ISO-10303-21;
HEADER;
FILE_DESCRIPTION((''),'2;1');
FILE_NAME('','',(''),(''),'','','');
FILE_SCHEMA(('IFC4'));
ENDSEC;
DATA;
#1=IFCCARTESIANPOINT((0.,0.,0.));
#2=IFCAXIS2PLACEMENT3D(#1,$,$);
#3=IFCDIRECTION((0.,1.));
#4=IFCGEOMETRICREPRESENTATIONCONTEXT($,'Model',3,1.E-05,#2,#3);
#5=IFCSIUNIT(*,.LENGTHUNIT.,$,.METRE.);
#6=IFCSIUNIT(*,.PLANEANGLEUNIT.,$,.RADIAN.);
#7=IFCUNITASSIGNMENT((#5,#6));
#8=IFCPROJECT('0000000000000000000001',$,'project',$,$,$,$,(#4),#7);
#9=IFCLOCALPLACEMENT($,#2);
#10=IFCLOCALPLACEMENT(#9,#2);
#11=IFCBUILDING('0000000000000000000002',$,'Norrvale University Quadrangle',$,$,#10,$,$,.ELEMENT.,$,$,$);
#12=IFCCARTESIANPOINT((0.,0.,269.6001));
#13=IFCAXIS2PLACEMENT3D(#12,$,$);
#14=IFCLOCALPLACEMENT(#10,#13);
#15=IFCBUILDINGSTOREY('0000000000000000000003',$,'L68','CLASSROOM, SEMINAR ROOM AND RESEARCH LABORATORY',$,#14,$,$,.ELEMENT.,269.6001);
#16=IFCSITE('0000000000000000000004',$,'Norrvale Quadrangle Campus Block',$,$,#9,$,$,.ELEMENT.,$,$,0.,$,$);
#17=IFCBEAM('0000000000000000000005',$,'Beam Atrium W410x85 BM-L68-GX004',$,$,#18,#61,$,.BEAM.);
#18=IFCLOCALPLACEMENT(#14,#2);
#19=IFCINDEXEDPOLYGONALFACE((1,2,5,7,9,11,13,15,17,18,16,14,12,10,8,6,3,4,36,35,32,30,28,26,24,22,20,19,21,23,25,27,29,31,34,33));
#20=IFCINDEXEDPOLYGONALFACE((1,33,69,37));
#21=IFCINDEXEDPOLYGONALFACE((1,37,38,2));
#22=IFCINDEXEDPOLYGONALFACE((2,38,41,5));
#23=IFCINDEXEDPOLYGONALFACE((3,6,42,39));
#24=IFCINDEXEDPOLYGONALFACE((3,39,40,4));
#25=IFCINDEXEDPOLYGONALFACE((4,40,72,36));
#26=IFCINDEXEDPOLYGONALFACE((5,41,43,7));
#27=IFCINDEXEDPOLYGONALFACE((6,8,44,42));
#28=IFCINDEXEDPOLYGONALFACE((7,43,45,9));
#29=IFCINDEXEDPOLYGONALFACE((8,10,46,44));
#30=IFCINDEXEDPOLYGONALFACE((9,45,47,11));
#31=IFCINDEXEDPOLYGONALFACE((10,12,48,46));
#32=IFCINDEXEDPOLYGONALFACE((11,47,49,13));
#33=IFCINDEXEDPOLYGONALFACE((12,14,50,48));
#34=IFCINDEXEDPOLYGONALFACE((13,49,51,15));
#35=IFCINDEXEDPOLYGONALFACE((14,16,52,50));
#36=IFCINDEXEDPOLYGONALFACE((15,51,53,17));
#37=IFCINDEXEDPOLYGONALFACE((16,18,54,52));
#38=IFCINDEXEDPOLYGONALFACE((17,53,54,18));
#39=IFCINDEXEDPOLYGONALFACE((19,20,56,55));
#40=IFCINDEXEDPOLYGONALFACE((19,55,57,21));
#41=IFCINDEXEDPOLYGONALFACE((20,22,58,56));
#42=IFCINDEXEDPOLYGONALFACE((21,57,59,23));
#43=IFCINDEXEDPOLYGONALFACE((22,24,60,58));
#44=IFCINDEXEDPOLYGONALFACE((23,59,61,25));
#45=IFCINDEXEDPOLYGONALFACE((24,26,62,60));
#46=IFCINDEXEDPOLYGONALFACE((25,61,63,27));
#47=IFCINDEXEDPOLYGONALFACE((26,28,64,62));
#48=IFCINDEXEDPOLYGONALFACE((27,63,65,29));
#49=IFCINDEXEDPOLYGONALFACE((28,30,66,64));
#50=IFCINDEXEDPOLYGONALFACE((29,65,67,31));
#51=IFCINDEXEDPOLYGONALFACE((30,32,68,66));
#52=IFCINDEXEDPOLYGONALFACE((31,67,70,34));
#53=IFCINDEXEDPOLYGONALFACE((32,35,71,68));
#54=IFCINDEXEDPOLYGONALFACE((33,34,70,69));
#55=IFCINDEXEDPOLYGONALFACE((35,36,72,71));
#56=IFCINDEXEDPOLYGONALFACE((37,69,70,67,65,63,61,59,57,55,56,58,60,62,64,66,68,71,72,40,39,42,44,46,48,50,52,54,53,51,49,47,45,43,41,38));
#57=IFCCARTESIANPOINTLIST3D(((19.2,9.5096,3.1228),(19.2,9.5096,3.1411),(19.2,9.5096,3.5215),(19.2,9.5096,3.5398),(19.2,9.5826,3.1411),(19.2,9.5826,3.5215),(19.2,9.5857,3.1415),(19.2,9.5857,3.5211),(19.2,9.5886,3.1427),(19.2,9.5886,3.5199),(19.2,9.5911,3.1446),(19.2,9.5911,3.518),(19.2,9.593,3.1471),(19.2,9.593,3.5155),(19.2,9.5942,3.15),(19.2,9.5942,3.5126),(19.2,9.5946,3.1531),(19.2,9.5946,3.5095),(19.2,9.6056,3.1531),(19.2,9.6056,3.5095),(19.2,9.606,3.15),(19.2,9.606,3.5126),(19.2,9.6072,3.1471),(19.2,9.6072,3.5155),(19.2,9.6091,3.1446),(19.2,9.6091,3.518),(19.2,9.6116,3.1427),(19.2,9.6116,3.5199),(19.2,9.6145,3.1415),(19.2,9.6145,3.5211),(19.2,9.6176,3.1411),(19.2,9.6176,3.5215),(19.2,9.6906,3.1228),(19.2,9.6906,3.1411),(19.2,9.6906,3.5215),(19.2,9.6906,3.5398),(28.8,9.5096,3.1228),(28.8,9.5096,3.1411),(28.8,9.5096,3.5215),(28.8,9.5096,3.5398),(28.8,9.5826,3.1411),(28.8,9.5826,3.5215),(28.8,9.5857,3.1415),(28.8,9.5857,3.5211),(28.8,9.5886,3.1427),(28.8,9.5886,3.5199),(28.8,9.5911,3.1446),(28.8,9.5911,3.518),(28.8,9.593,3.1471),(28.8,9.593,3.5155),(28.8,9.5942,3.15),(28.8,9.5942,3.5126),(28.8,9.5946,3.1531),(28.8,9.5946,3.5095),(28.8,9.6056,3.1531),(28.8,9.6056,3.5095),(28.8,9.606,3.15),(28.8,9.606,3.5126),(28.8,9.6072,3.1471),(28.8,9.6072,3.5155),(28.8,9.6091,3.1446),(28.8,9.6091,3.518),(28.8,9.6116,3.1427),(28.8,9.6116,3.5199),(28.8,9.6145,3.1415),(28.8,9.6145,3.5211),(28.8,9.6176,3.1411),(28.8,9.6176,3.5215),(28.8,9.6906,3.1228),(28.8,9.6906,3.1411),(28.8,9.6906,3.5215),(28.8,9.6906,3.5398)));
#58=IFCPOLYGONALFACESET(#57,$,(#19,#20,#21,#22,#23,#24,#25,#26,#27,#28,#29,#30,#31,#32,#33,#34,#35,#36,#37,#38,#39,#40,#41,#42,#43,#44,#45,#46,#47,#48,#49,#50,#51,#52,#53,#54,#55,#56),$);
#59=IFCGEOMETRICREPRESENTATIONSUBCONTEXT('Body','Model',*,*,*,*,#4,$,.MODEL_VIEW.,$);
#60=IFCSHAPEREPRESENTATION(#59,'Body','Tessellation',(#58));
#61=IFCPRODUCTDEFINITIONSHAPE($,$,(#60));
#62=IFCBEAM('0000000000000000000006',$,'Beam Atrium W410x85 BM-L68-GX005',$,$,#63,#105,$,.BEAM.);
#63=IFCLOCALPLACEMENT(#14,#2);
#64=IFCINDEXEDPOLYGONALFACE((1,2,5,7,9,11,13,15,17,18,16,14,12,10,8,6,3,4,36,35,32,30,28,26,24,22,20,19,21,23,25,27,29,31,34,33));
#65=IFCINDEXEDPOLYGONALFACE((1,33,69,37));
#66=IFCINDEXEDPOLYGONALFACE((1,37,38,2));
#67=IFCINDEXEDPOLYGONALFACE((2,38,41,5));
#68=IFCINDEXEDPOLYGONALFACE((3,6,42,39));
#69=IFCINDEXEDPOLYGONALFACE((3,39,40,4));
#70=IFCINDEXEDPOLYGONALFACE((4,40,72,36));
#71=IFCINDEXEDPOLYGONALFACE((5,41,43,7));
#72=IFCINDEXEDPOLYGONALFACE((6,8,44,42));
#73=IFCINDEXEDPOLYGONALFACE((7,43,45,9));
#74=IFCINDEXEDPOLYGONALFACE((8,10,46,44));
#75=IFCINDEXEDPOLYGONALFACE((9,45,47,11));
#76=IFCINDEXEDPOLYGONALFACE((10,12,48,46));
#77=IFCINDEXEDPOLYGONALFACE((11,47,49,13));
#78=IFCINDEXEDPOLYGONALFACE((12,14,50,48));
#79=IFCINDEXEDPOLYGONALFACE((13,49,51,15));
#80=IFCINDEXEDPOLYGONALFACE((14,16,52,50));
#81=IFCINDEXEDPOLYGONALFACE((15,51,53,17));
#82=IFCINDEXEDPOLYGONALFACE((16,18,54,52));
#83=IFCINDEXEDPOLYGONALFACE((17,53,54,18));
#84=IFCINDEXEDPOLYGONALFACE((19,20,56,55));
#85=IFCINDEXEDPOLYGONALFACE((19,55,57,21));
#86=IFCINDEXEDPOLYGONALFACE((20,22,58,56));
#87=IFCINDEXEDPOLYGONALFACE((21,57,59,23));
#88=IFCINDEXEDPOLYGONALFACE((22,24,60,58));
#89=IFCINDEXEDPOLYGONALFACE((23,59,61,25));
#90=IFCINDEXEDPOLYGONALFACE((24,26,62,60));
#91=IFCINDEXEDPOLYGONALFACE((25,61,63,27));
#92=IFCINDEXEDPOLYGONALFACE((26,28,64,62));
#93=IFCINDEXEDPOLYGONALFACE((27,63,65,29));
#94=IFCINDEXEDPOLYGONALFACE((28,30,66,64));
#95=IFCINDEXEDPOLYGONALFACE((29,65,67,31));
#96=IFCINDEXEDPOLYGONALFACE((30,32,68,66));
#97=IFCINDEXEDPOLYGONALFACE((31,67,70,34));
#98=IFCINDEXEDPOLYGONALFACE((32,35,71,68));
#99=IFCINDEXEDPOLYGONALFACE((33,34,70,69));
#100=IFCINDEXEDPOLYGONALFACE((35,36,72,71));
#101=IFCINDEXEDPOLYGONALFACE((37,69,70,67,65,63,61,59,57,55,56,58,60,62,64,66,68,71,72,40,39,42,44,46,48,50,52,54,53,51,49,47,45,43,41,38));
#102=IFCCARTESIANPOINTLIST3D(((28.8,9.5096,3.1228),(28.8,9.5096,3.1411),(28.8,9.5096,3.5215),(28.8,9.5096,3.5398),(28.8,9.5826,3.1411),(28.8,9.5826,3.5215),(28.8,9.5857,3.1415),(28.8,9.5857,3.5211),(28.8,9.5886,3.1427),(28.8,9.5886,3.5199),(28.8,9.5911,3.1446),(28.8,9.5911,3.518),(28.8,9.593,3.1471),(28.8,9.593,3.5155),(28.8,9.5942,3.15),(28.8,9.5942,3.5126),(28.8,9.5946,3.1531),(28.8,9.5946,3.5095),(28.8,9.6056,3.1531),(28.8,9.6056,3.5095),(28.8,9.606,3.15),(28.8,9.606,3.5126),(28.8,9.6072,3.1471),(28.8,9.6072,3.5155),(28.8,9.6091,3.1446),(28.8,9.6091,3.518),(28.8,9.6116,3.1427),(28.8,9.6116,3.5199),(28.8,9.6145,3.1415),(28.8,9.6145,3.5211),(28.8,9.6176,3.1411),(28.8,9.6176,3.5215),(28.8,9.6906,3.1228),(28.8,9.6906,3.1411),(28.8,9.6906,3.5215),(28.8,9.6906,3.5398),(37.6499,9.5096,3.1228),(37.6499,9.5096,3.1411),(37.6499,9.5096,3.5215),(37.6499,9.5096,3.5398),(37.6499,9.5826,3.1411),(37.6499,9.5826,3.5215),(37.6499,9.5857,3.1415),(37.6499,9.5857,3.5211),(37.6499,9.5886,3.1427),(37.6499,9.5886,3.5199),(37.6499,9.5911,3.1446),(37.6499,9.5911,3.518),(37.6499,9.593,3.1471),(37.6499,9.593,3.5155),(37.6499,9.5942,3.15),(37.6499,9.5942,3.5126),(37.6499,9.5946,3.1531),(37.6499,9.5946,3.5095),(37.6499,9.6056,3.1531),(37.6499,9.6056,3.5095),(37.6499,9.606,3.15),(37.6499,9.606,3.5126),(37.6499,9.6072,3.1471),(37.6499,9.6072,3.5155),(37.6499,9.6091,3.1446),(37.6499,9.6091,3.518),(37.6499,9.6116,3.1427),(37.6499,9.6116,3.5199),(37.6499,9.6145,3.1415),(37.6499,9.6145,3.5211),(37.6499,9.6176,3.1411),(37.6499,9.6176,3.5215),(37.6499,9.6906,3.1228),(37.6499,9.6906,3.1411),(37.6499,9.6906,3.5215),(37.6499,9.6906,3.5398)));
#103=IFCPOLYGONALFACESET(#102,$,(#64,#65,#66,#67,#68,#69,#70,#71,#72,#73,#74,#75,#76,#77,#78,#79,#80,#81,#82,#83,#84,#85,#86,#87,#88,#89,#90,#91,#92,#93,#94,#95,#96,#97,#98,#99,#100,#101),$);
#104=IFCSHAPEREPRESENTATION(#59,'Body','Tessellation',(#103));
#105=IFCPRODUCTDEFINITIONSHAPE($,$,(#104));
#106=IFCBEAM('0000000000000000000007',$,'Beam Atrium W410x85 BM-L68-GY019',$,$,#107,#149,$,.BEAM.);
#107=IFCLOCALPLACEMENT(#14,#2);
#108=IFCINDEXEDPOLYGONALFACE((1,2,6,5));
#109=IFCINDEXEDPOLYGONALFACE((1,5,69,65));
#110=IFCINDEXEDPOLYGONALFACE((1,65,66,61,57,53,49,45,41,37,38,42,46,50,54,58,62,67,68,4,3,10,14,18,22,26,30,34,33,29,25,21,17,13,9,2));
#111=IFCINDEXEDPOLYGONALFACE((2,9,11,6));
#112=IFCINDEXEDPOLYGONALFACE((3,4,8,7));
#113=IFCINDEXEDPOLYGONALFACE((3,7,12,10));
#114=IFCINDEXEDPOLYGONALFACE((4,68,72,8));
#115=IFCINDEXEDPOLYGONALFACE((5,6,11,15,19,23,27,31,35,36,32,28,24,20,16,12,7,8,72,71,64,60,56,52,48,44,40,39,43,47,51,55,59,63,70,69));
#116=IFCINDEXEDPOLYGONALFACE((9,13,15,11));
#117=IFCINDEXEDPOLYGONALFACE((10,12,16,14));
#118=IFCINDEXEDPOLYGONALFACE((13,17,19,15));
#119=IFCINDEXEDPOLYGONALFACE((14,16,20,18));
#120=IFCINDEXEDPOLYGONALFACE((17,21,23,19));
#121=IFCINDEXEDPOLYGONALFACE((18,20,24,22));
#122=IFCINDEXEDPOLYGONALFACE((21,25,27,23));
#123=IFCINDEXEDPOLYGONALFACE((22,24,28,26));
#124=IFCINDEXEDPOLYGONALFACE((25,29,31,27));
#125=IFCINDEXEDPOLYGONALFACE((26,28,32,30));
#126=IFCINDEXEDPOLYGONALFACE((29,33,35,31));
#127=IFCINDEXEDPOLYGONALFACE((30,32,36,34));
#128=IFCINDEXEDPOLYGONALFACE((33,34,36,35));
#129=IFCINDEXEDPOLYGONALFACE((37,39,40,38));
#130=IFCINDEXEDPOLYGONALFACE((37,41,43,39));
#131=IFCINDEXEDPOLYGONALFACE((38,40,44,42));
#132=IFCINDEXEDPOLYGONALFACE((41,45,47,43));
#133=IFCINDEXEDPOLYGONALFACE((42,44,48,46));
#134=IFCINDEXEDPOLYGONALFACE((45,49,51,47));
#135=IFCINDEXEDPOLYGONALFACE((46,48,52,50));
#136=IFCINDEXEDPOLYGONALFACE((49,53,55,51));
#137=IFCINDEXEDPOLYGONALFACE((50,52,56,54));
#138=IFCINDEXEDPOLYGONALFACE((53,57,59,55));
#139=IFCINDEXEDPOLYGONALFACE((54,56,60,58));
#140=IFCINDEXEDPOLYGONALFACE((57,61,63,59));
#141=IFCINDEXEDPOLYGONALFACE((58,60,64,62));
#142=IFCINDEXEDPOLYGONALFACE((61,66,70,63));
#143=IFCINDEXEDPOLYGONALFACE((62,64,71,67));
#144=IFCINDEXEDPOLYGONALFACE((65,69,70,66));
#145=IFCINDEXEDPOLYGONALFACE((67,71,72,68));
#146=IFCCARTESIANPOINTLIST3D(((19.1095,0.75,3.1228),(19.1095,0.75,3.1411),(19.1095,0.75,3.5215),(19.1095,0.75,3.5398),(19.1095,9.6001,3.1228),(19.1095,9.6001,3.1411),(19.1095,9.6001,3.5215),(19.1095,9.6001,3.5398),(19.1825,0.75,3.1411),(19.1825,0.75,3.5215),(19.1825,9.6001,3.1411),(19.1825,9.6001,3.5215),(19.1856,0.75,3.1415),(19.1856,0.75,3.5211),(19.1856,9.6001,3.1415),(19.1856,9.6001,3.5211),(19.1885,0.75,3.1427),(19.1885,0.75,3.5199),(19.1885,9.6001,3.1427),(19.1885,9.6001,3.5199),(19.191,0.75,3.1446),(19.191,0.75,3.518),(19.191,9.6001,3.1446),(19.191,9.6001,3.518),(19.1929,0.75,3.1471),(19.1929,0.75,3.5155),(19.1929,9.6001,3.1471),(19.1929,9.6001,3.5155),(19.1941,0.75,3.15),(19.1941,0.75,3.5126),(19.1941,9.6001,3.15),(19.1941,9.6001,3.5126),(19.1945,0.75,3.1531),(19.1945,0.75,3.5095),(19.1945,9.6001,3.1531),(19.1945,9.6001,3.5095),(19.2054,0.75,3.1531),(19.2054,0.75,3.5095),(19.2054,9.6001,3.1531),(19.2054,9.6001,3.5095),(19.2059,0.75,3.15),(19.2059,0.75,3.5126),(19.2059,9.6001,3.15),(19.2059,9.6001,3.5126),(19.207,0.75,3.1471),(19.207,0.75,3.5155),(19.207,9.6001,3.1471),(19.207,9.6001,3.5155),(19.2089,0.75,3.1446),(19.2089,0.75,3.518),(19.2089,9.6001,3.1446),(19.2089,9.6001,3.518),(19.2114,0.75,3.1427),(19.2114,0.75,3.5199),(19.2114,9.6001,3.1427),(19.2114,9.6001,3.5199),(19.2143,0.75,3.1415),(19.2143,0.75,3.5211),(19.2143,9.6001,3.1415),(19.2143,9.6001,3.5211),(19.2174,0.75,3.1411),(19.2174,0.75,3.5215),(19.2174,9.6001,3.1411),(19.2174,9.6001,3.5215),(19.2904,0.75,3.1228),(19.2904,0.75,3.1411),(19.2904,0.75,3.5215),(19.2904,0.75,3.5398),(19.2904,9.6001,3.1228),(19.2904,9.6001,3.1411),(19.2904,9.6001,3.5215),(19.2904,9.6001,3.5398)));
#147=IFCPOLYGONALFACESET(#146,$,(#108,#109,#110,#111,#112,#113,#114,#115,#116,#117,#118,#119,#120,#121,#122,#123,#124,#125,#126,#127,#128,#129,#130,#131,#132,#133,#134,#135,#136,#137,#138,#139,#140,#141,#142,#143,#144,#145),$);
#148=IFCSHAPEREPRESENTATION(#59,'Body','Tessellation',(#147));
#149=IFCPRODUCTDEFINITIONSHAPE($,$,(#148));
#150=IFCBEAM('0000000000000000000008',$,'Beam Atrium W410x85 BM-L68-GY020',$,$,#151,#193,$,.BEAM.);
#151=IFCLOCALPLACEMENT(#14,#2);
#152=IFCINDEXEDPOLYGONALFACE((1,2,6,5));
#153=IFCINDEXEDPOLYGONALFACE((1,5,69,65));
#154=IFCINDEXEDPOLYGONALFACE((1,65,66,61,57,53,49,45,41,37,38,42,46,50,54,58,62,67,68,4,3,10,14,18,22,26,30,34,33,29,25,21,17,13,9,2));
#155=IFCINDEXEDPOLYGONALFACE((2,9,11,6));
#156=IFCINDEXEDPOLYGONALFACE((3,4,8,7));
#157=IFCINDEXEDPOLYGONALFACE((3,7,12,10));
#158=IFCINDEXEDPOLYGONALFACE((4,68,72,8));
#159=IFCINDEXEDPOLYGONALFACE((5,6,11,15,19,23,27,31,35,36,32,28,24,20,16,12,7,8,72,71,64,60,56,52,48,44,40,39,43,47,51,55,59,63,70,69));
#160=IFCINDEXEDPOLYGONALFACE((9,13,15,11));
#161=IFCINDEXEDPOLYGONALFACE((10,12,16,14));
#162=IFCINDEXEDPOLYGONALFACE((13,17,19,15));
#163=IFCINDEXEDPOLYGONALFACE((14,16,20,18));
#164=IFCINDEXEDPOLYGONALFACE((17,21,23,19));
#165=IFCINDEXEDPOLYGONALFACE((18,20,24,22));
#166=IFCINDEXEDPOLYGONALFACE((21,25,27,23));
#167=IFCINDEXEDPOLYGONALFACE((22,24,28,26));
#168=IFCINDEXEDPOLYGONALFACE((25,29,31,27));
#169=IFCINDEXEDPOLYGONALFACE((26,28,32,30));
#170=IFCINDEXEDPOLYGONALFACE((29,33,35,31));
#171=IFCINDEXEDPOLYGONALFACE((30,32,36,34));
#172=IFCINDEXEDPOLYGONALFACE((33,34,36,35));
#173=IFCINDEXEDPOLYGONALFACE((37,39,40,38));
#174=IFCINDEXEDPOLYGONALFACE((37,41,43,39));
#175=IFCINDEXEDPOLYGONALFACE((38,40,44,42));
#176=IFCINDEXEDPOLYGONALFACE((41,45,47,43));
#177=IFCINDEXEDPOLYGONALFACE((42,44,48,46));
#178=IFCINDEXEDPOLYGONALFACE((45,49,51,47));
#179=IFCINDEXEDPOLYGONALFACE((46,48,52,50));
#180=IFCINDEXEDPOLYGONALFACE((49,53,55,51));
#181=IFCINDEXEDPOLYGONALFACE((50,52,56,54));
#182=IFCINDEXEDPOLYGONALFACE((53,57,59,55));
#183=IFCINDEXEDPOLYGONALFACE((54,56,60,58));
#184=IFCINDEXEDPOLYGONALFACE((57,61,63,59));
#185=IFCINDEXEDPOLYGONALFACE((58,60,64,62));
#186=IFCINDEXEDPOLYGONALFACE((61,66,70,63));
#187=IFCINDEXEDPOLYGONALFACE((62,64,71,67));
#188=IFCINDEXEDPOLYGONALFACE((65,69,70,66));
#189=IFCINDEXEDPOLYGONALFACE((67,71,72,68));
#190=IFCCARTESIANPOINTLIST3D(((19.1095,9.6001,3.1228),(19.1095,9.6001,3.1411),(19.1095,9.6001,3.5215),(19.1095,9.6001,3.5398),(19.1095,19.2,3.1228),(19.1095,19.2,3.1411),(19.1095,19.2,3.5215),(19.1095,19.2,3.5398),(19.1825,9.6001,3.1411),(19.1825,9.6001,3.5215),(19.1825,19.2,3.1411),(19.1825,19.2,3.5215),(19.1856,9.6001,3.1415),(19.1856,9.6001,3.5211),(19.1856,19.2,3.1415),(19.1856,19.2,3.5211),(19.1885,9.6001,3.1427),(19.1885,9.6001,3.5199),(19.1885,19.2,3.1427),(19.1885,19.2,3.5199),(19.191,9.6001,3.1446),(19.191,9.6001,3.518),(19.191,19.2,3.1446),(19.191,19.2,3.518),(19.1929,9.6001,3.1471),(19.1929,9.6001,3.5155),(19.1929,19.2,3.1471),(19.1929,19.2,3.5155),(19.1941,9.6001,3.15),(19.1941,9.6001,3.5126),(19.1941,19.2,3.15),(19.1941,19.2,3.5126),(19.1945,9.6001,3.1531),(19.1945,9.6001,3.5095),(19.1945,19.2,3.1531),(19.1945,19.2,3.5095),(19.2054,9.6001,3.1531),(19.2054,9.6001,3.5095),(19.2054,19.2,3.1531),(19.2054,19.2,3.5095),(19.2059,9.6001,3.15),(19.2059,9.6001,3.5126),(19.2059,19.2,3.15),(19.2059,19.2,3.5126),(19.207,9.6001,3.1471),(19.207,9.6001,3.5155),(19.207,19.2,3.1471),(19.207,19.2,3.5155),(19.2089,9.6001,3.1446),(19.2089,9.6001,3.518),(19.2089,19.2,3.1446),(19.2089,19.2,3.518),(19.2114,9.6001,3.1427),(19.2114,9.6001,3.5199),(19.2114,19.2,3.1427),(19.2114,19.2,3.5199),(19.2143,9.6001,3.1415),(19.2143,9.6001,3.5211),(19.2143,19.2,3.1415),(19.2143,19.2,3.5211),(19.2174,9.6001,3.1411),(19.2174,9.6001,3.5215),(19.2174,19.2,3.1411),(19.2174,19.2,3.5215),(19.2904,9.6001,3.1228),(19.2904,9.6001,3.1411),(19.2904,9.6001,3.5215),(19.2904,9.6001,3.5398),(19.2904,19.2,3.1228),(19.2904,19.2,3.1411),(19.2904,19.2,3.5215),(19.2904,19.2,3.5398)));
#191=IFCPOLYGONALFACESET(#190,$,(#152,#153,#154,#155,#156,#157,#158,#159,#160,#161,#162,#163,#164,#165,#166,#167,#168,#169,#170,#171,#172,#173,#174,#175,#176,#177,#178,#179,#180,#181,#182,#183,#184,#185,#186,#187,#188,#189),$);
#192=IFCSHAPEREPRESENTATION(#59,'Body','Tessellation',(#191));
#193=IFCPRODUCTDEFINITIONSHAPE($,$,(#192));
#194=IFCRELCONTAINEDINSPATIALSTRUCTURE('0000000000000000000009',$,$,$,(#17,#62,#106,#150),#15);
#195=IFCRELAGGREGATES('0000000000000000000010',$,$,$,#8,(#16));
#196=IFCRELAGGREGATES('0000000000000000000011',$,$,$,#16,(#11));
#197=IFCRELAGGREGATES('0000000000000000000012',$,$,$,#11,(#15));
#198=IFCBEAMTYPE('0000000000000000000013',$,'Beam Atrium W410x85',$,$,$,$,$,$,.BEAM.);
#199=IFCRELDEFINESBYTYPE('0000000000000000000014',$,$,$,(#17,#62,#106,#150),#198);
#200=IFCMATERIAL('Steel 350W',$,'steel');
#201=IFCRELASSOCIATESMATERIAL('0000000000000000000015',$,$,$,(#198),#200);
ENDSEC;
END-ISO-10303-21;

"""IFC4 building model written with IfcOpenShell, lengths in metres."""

from ifc_helpers import new_model, si_unit, direction, frame, origin, origin_2d, place, context, subcontext, project, spatial, i_section, extrude, material, material_profile, profile_set, type_object, element, save


model = new_model("IFC4")

# Units and contexts
model_context = context("Model", 3, precision=1e-05, world=origin(), true_north=direction((0.0, 1.0)))
body_context = subcontext(model_context, "Body", "Model", "MODEL_VIEW")
ifc_project = project(units=[si_unit("LENGTHUNIT", "METRE"), si_unit("PLANEANGLEUNIT", "RADIAN")], contexts=[model_context])

# Site, building, storey
site_placement = place(None, origin())
site = spatial("IfcSite", under=ifc_project, at=site_placement, Name="Norrvale Quadrangle Campus Block", CompositionType="ELEMENT", RefElevation=0.0)
building_placement = place(site_placement, origin())
building = spatial("IfcBuilding", under=site, at=building_placement, Name="Norrvale University Quadrangle", CompositionType="ELEMENT")
storey_placement = place(building_placement, frame((0.0, 0.0, 269.6001)))
storey = spatial("IfcBuildingStorey", under=building, at=storey_placement, Name="L68", Description="CLASSROOM, SEMINAR ROOM AND RESEARCH LABORATORY", CompositionType="ELEMENT", Elevation=269.6001)

# Beams
ifc_material_1 = material(Name="Steel 350W", Category="steel")
ifc_material_profile_1 = material_profile(ifc_material_1, i_section(OverallWidth=0.1809, OverallDepth=0.417, WebThickness=0.011, FlangeThickness=0.0183, FilletRadius=0.012, at=origin_2d()), Name="Steel 350W")
ifc_profile_set_1 = profile_set([ifc_material_profile_1], Name="Steel 350W")
beam_type_1 = type_object("IfcBeamType", Name="Beam Atrium W410x85", PredefinedType="BEAM", material=ifc_profile_set_1)
beam_1_placement = place(storey_placement, frame((19.2, 9.6001, 3.3313), z_axis=(1.0, 0.0, 0.0), x_axis=(0.0, 1.0, 0.0)))
element("IfcBeam", 1, at=beam_1_placement, inside=storey, type_object=beam_type_1, Name="Beam Atrium W410x85 BM-L68-GX004", PredefinedType="BEAM", context=body_context, shape_type="SweptSolid", body=[
    extrude(i_section(OverallWidth=0.1809, OverallDepth=0.417, WebThickness=0.011, FlangeThickness=0.0183, FilletRadius=0.012, at=origin_2d()), origin(), (0.0, 0.0, 1.0), 9.6001),
])
beam_2_placement = place(storey_placement, frame((28.8, 9.6001, 3.3313), z_axis=(1.0, 0.0, 0.0), x_axis=(0.0, 1.0, 0.0)))
element("IfcBeam", 2, at=beam_2_placement, inside=storey, type_object=beam_type_1, Name="Beam Atrium W410x85 BM-L68-GX005", PredefinedType="BEAM", context=body_context, shape_type="SweptSolid", body=[
    extrude(i_section(OverallWidth=0.1809, OverallDepth=0.417, WebThickness=0.011, FlangeThickness=0.0183, FilletRadius=0.012, at=origin_2d()), origin(), (0.0, 0.0, 1.0), 8.8499),
])
beam_3_placement = place(storey_placement, frame((19.2, 0.75, 3.3313), z_axis=(0.0, 1.0, 0.0), x_axis=(-1.0, 0.0, 0.0)))
element("IfcBeam", 3, at=beam_3_placement, inside=storey, type_object=beam_type_1, Name="Beam Atrium W410x85 BM-L68-GY019", PredefinedType="BEAM", context=body_context, shape_type="SweptSolid", body=[
    extrude(i_section(OverallWidth=0.1809, OverallDepth=0.417, WebThickness=0.011, FlangeThickness=0.0183, FilletRadius=0.012, at=origin_2d()), origin(), (0.0, 0.0, 1.0), 8.8501),
])
beam_4_placement = place(storey_placement, frame((19.2, 9.6001, 3.3313), z_axis=(0.0, 1.0, 0.0), x_axis=(-1.0, 0.0, 0.0)))
element("IfcBeam", 4, at=beam_4_placement, inside=storey, type_object=beam_type_1, Name="Beam Atrium W410x85 BM-L68-GY020", PredefinedType="BEAM", context=body_context, shape_type="SweptSolid", body=[
    extrude(i_section(OverallWidth=0.1809, OverallDepth=0.417, WebThickness=0.011, FlangeThickness=0.0183, FilletRadius=0.012, at=origin_2d()), origin(), (0.0, 0.0, 1.0), 9.5999),
])

save(model, "model.ifc")
